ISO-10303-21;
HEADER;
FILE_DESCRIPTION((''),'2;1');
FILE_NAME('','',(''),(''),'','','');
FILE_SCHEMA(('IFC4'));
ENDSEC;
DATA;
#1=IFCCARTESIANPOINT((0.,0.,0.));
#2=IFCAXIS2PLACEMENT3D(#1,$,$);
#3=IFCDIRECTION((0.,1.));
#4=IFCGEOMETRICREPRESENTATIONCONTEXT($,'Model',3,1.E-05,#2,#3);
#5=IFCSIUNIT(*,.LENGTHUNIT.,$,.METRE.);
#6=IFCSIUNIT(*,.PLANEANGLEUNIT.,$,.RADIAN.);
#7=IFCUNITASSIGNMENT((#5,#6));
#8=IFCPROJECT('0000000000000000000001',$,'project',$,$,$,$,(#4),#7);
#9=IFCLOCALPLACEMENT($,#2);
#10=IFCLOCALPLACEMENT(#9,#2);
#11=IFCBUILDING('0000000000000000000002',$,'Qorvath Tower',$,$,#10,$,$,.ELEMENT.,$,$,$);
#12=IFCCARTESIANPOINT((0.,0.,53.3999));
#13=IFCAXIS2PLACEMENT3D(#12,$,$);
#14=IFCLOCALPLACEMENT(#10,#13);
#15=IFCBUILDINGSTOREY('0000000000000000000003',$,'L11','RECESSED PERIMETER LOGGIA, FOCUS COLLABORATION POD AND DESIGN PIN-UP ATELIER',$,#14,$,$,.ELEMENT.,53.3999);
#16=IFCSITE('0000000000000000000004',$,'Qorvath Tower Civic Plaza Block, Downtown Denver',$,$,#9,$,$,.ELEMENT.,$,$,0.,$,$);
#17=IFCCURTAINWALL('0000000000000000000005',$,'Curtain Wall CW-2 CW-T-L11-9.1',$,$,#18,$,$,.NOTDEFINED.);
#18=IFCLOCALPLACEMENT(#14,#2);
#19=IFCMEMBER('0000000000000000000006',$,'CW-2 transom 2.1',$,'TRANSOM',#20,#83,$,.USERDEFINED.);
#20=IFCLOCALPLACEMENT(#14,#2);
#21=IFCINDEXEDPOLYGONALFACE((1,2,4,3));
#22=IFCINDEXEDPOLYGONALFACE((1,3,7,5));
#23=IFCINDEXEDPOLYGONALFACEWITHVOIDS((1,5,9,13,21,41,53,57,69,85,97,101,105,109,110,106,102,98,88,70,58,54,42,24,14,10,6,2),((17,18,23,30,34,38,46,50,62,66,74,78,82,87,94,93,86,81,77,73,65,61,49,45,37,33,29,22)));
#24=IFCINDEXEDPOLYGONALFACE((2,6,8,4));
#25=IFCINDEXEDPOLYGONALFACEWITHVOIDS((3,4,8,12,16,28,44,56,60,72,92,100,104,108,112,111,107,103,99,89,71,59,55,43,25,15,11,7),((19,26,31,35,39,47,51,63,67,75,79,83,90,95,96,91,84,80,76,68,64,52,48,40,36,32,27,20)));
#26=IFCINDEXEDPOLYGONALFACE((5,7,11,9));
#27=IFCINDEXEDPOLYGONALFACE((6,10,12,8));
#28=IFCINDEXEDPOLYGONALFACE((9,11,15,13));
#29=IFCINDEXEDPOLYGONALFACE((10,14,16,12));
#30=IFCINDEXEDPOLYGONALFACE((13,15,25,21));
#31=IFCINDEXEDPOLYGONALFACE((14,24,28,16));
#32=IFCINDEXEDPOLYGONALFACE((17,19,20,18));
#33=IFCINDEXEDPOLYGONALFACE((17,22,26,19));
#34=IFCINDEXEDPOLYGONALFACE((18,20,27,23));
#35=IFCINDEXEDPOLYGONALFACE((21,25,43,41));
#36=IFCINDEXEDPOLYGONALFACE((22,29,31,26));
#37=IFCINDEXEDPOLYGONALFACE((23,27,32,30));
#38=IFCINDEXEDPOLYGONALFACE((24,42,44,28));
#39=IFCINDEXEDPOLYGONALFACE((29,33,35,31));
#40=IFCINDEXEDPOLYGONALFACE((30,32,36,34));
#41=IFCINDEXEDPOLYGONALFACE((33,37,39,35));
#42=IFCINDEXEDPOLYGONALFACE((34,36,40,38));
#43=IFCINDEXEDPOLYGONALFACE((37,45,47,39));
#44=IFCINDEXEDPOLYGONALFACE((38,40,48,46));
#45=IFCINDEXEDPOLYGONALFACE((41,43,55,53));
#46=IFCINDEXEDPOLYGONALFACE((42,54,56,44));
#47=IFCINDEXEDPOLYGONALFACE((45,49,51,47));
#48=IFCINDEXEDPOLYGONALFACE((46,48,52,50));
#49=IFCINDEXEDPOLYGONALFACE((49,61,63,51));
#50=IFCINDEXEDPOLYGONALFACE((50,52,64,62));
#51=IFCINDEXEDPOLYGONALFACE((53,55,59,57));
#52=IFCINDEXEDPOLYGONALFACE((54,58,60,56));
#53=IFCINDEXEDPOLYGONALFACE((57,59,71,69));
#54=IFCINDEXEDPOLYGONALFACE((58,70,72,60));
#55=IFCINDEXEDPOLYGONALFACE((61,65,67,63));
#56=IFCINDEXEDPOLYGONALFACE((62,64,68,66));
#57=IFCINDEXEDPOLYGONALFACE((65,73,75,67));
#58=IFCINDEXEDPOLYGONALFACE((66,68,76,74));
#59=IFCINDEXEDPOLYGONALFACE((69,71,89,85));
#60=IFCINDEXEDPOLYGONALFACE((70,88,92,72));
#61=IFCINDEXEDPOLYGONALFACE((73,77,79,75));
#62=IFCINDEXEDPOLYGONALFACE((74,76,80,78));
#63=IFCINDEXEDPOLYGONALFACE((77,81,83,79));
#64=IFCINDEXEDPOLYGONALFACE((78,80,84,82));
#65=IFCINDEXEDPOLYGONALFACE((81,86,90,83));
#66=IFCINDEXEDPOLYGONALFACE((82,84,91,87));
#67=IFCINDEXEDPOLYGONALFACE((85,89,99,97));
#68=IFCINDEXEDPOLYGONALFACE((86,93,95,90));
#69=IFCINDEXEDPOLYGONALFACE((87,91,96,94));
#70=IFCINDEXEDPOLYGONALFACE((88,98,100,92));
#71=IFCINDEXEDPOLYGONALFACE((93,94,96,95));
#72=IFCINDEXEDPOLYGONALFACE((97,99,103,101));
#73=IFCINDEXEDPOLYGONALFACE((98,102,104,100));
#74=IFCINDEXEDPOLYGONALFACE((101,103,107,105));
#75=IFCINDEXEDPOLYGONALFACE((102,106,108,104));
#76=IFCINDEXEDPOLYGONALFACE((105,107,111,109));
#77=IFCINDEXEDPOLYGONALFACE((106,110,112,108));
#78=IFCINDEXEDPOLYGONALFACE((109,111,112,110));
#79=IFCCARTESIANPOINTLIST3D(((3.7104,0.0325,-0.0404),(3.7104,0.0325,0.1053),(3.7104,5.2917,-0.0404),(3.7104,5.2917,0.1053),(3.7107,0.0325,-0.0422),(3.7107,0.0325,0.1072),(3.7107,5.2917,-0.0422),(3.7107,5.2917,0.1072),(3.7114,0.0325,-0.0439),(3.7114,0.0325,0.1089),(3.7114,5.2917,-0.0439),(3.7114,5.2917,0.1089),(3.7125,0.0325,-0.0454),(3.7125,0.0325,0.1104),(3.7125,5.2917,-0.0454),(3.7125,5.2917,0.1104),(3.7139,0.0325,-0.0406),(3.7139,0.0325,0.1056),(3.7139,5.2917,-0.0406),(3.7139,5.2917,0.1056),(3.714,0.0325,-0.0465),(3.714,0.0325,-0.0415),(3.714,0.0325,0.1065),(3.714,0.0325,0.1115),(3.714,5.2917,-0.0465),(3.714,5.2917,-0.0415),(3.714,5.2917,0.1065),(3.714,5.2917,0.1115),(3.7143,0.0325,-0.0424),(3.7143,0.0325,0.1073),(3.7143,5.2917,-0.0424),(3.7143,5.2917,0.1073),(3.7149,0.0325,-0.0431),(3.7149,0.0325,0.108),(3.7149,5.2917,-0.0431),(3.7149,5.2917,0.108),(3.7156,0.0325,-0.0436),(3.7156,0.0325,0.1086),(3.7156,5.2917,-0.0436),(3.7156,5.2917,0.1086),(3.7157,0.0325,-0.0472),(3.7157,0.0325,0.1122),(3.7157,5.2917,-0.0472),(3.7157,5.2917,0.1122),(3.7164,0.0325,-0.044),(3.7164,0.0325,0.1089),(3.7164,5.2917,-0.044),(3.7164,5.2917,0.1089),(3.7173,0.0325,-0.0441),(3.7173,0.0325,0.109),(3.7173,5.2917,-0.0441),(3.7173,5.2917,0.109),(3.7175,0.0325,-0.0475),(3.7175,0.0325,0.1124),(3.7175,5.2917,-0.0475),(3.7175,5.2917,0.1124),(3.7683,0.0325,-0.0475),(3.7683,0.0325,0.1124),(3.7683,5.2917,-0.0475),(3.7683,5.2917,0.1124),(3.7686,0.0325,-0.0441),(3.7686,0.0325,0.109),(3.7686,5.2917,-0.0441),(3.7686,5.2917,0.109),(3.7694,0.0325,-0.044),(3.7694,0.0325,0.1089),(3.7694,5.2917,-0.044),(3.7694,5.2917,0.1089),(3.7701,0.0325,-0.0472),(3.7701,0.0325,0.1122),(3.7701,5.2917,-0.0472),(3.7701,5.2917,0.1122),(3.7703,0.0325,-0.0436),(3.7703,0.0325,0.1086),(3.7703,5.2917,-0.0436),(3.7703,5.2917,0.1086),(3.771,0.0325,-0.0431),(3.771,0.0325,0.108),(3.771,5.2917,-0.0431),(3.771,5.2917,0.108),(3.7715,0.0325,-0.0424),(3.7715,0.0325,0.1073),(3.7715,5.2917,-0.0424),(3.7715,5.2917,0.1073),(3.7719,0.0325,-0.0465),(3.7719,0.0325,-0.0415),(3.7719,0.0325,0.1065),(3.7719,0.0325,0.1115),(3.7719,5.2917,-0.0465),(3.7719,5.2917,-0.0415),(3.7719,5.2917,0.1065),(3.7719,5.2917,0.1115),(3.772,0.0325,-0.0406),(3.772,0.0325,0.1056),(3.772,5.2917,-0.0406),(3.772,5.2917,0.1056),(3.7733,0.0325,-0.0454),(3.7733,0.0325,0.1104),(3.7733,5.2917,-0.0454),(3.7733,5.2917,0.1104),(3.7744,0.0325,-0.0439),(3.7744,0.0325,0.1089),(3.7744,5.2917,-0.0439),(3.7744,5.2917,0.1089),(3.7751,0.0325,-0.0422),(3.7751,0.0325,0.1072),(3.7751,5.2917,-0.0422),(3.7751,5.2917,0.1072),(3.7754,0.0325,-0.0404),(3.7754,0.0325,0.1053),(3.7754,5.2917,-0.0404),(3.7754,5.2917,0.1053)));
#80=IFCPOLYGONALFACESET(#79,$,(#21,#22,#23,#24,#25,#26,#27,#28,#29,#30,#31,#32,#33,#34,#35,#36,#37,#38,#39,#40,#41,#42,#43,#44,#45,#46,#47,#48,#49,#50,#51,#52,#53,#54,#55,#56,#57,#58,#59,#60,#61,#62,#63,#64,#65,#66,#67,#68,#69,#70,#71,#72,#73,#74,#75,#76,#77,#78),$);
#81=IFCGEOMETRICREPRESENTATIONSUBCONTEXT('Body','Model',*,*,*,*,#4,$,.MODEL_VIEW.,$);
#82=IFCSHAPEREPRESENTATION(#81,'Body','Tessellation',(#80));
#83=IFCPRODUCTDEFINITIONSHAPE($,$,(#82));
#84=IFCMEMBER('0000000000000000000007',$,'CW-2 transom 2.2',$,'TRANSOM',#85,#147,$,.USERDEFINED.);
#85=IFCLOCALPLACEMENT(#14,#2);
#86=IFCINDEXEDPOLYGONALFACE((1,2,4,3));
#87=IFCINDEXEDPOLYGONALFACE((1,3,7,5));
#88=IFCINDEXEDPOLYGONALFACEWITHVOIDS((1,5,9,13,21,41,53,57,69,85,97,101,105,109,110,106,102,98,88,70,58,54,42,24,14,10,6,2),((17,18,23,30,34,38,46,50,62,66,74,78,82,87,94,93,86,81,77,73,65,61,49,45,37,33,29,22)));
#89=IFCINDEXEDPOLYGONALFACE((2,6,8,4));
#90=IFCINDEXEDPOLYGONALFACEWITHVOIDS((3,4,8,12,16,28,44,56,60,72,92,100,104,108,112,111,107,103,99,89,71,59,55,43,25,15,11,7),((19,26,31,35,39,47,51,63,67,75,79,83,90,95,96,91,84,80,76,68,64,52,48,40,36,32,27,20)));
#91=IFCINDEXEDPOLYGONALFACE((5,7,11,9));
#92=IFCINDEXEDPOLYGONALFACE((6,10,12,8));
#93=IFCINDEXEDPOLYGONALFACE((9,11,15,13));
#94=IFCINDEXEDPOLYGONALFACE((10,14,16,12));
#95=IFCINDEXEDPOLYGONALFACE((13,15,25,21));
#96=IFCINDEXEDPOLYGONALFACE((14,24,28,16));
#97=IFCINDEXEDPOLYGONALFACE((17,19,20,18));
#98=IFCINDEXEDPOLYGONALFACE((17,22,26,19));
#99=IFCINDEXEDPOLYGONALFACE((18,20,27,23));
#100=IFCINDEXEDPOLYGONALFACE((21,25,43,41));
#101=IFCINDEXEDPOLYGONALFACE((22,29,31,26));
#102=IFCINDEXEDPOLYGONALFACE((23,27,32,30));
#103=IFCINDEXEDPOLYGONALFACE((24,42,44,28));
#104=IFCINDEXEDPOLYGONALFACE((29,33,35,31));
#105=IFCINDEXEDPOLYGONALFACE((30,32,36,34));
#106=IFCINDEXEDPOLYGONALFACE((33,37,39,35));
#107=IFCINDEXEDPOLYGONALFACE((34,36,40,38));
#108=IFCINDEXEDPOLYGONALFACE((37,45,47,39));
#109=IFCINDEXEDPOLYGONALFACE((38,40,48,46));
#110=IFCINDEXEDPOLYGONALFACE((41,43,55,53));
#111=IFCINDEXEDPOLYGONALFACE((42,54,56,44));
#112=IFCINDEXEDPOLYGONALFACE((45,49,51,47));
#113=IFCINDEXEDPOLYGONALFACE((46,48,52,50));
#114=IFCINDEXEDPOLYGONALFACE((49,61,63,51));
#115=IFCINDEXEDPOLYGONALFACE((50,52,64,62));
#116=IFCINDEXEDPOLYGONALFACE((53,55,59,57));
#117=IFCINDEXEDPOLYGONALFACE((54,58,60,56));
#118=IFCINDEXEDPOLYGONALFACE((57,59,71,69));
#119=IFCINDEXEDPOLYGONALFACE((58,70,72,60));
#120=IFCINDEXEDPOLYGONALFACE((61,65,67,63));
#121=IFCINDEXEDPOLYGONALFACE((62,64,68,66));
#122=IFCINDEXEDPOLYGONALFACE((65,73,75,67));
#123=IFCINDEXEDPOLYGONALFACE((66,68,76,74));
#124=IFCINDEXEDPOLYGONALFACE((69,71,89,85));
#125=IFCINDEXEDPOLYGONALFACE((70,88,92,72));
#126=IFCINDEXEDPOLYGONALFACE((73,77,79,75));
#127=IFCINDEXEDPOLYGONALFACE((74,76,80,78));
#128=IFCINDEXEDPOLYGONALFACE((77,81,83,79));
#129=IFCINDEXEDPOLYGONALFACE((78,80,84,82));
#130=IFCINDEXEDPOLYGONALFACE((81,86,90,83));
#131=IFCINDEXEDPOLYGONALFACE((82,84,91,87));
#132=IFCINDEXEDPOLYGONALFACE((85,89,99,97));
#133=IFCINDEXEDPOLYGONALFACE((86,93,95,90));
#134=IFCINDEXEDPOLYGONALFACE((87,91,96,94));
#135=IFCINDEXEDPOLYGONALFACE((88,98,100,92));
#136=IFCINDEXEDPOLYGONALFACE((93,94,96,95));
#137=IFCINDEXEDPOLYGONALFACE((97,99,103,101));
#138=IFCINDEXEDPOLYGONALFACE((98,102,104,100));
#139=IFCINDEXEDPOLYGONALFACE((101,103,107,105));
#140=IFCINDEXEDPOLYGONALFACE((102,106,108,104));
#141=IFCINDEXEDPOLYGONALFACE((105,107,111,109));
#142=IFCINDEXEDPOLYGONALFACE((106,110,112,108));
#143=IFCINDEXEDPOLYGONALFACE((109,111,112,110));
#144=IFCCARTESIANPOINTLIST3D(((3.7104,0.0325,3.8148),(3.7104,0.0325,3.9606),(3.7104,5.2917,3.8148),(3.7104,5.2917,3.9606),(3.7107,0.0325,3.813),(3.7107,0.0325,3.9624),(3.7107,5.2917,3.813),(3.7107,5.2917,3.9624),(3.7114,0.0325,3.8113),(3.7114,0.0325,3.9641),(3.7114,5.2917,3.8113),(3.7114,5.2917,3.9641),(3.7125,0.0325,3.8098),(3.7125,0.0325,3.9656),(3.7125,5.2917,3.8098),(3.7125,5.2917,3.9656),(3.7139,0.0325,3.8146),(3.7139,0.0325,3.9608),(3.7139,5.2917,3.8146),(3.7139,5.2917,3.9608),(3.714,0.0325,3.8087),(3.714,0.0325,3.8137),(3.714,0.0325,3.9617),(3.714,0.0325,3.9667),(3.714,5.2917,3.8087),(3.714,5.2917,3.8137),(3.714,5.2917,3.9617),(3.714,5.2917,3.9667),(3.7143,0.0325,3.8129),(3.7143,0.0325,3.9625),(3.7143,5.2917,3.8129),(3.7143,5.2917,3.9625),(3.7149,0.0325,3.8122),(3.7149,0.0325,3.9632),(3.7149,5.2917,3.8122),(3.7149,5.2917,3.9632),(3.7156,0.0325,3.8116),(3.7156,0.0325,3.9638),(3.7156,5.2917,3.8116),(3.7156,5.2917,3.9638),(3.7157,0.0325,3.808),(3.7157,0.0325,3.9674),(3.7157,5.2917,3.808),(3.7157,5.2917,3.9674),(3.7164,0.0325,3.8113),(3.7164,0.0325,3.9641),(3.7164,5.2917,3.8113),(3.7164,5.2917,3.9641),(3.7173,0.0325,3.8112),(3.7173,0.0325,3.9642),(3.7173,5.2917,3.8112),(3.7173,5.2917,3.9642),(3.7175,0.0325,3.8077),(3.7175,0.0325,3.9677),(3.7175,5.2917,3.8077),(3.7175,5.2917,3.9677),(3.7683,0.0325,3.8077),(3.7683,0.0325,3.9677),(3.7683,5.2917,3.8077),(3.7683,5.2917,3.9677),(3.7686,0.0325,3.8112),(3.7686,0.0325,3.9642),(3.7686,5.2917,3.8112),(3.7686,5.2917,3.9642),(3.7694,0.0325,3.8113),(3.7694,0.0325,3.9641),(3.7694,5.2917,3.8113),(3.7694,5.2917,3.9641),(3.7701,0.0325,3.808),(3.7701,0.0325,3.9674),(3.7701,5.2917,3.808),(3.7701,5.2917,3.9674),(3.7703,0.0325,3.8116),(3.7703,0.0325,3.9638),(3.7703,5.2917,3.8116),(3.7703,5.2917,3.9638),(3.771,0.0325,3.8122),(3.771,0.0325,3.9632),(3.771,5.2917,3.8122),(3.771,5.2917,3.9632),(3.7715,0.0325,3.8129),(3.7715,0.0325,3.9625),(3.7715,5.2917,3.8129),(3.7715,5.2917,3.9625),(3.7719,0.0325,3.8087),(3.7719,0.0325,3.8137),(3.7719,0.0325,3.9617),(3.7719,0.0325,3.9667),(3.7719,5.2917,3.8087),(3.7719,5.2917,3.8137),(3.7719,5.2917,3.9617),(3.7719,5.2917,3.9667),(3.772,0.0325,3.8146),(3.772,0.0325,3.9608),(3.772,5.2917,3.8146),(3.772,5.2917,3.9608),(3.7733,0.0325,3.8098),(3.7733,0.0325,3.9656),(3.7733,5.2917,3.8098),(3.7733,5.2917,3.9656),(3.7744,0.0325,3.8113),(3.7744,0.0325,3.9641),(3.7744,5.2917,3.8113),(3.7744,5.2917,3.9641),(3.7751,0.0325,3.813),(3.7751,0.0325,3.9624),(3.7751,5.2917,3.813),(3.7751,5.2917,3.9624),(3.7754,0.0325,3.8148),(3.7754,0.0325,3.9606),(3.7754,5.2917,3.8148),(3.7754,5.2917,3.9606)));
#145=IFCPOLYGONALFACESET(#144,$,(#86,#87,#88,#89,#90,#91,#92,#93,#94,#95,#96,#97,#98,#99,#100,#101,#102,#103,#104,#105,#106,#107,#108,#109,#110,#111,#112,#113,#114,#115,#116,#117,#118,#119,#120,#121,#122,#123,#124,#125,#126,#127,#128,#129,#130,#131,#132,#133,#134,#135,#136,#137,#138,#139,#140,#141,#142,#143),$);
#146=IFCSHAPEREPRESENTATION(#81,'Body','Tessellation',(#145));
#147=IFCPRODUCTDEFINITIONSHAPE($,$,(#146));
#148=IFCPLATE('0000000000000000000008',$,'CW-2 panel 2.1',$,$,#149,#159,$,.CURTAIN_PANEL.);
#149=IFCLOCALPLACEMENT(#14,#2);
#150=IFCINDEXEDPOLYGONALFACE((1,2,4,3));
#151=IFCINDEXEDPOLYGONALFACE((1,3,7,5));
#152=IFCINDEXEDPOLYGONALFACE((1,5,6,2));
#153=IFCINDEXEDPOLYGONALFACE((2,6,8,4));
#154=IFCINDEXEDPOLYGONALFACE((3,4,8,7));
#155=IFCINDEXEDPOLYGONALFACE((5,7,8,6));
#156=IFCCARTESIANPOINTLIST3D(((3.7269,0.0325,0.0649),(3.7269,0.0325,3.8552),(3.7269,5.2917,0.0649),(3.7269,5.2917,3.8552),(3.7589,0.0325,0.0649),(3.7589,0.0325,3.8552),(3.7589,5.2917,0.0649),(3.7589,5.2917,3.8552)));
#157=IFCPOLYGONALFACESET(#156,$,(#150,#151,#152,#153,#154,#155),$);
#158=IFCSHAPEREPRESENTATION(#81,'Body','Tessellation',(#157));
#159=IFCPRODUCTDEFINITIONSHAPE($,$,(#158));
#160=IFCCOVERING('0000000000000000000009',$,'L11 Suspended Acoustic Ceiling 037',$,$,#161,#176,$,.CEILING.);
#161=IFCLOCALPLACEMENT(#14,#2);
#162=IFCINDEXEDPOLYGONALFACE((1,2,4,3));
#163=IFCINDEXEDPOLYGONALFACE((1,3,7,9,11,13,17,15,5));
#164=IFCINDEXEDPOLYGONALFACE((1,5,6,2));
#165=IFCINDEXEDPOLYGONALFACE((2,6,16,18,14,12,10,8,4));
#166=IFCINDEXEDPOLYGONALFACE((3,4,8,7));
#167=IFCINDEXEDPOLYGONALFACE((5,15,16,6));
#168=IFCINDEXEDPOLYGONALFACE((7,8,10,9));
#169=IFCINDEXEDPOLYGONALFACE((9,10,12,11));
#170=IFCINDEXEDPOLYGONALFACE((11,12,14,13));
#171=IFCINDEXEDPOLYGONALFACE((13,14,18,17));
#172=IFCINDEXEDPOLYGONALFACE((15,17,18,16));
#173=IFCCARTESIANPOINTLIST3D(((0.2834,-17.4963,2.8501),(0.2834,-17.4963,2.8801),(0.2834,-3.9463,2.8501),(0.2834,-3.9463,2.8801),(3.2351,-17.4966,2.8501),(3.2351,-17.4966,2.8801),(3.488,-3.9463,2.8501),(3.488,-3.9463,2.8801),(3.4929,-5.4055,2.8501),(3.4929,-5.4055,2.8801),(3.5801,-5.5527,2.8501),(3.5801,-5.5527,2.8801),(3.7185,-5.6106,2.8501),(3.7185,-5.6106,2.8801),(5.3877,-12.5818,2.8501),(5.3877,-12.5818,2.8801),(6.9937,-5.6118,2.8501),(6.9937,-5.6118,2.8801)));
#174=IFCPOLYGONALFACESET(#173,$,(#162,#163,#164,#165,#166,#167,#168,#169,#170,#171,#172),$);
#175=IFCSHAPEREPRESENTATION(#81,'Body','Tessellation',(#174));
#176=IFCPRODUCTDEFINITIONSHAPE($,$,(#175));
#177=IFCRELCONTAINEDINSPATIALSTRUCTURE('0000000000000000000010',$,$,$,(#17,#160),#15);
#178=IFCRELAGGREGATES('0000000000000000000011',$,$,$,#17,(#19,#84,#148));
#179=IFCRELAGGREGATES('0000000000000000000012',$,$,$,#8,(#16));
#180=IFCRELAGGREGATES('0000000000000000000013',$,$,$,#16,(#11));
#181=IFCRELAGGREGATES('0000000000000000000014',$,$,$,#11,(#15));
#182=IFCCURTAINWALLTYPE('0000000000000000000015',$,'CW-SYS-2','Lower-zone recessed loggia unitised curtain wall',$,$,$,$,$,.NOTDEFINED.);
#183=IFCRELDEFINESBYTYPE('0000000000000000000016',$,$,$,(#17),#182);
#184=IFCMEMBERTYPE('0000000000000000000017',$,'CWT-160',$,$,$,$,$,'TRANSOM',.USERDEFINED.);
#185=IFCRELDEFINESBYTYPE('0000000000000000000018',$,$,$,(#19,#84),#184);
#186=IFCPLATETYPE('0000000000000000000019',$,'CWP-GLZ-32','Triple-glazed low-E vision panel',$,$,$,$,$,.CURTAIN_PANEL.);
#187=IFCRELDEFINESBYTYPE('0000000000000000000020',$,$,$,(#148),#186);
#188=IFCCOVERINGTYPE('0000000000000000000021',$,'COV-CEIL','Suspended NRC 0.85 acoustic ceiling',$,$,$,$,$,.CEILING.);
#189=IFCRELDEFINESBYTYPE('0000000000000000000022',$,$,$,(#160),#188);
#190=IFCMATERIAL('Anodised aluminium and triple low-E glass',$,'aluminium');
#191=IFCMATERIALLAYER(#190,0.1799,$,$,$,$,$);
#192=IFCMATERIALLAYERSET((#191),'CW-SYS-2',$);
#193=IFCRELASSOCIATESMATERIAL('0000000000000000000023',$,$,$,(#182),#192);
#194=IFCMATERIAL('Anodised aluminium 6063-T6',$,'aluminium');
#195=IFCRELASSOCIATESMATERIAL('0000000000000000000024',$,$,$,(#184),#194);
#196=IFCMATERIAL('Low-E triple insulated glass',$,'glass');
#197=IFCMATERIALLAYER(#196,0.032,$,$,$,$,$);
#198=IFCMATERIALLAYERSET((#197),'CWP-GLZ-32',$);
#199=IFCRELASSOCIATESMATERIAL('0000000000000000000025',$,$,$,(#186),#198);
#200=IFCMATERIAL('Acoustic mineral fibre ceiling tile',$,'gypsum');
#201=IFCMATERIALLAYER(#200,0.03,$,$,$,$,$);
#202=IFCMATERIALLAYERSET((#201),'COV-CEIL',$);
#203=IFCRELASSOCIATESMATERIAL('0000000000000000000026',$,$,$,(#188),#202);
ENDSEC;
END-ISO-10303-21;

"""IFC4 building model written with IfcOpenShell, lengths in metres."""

from ifc_helpers import new_model, si_unit, direction, frame, origin, origin_2d, place, context, subcontext, project, spatial, polyline, rectangle, hollow_rectangle, outline, extrude, material, layer, layer_set, material_profile, profile_set, type_object, element, aggregate, save


model = new_model("IFC4")

# Units and contexts
model_context = context("Model", 3, precision=1e-05, world=origin(), true_north=direction((0.0, 1.0)))
body_context = subcontext(model_context, "Body", "Model", "MODEL_VIEW")
ifc_project = project(units=[si_unit("LENGTHUNIT", "METRE"), si_unit("PLANEANGLEUNIT", "RADIAN")], contexts=[model_context])

# Site, building, storey
site_placement = place(None, origin())
site = spatial("IfcSite", under=ifc_project, at=site_placement, Name="Qorvath Tower Civic Plaza Block, Downtown Denver", CompositionType="ELEMENT", RefElevation=0.0)
building_placement = place(site_placement, origin())
building = spatial("IfcBuilding", under=site, at=building_placement, Name="Qorvath Tower", CompositionType="ELEMENT")
storey_placement = place(building_placement, frame((0.0, 0.0, 53.3999)))
storey = spatial("IfcBuildingStorey", under=building, at=storey_placement, Name="L11", Description="RECESSED PERIMETER LOGGIA, FOCUS COLLABORATION POD AND DESIGN PIN-UP ATELIER", CompositionType="ELEMENT", Elevation=53.3999)

# Curtain wall, members, plate
ifc_material_1 = material(Name="Anodised aluminium and triple low-E glass", Category="aluminium")
ifc_layer_1 = layer(ifc_material_1, 0.1799)
ifc_layer_set_1 = layer_set([ifc_layer_1], Name="CW-SYS-2")
curtain_wall_type = type_object("IfcCurtainWallType", Name="CW-SYS-2", Description="Lower-zone recessed loggia unitised curtain wall", PredefinedType="NOTDEFINED", material=ifc_layer_set_1)
curtain_wall_placement = place(storey_placement, origin())
curtain_wall = element("IfcCurtainWall", 1, at=curtain_wall_placement, inside=storey, type_object=curtain_wall_type, Name="Curtain Wall CW-2 CW-T-L11-9.1", PredefinedType="NOTDEFINED")
ifc_material_2 = material(Name="Anodised aluminium 6063-T6", Category="aluminium")
ifc_material_profile_1 = material_profile(ifc_material_2, hollow_rectangle(XDim=0.0649, YDim=0.1599, WallThickness=0.0034, InnerFilletRadius=0.0034, OuterFilletRadius=0.0071, at=origin_2d()), Name="CWT 160x65")
ifc_profile_set_1 = profile_set([ifc_material_profile_1], Name="Anodised aluminium 6063-T6")
member_type_1 = type_object("IfcMemberType", Name="CWT-160", ElementType="TRANSOM", PredefinedType="USERDEFINED", material=ifc_profile_set_1)
member_1_placement = place(storey_placement, frame((3.7429, 0.0325, 0.0325), z_axis=(0.0, 1.0, 0.0), x_axis=(-1.0, 0.0, 0.0)))
member_1 = element("IfcMember", 2, at=member_1_placement, type_object=member_type_1, Name="CW-2 transom 2.1", ObjectType="TRANSOM", PredefinedType="USERDEFINED", context=body_context, shape_type="SweptSolid", body=[
    extrude(hollow_rectangle(XDim=0.0649, YDim=0.1599, WallThickness=0.0034, InnerFilletRadius=0.0034, OuterFilletRadius=0.0071, at=origin_2d()), origin(), (0.0, 0.0, 1.0), 5.2593),
])
member_2_placement = place(storey_placement, frame((3.7429, 0.0325, 3.8877), z_axis=(0.0, 1.0, 0.0), x_axis=(-1.0, 0.0, 0.0)))
member_2 = element("IfcMember", 3, at=member_2_placement, type_object=member_type_1, Name="CW-2 transom 2.2", ObjectType="TRANSOM", PredefinedType="USERDEFINED", context=body_context, shape_type="SweptSolid", body=[
    extrude(hollow_rectangle(XDim=0.0649, YDim=0.1599, WallThickness=0.0034, InnerFilletRadius=0.0034, OuterFilletRadius=0.0071, at=origin_2d()), origin(), (0.0, 0.0, 1.0), 5.2593),
])
ifc_material_3 = material(Name="Low-E triple insulated glass", Category="glass")
ifc_layer_2 = layer(ifc_material_3, 0.032)
ifc_layer_set_2 = layer_set([ifc_layer_2], Name="CWP-GLZ-32")
plate_type = type_object("IfcPlateType", Name="CWP-GLZ-32", Description="Triple-glazed low-E vision panel", PredefinedType="CURTAIN_PANEL", material=ifc_layer_set_2)
plate_placement = place(storey_placement, frame((3.7429, 2.6621, 0.0649), z_axis=(0.0, 0.0, 1.0), x_axis=(0.0, 1.0, 0.0)))
plate = element("IfcPlate", 4, at=plate_placement, type_object=plate_type, Name="CW-2 panel 2.1", PredefinedType="CURTAIN_PANEL", context=body_context, shape_type="SweptSolid", body=[
    extrude(rectangle(XDim=5.2593, YDim=0.032, at=origin_2d()), origin(), (0.0, 0.0, 1.0), 3.7903),
])
aggregate(curtain_wall, [member_1, member_2, plate])

# Covering
ifc_material_4 = material(Name="Acoustic mineral fibre ceiling tile", Category="gypsum")
ifc_layer_3 = layer(ifc_material_4, 0.03)
ifc_layer_set_3 = layer_set([ifc_layer_3], Name="COV-CEIL")
covering_type_1 = type_object("IfcCoveringType", Name="COV-CEIL", Description="Suspended NRC 0.85 acoustic ceiling", PredefinedType="CEILING", material=ifc_layer_set_3)
covering_1_placement = place(storey_placement, frame((0.0, 0.0, 2.8501)))
element("IfcCovering", 5, at=covering_1_placement, inside=storey, type_object=covering_type_1, Name="L11 Suspended Acoustic Ceiling 037", PredefinedType="CEILING", context=body_context, shape_type="SweptSolid", body=[
    extrude(outline(polyline([(3.5801, -5.5527), (3.4929, -5.4055), (3.488, -3.9463), (0.2834, -3.9463), (0.2834, -17.4963), (3.2351, -17.4966), (5.3877, -12.5818), (6.9937, -5.6118), (3.7185, -5.6106), (3.5801, -5.5527)])), origin(), (0.0, 0.0, 1.0), 0.03),
])

save(model, "model.ifc")
